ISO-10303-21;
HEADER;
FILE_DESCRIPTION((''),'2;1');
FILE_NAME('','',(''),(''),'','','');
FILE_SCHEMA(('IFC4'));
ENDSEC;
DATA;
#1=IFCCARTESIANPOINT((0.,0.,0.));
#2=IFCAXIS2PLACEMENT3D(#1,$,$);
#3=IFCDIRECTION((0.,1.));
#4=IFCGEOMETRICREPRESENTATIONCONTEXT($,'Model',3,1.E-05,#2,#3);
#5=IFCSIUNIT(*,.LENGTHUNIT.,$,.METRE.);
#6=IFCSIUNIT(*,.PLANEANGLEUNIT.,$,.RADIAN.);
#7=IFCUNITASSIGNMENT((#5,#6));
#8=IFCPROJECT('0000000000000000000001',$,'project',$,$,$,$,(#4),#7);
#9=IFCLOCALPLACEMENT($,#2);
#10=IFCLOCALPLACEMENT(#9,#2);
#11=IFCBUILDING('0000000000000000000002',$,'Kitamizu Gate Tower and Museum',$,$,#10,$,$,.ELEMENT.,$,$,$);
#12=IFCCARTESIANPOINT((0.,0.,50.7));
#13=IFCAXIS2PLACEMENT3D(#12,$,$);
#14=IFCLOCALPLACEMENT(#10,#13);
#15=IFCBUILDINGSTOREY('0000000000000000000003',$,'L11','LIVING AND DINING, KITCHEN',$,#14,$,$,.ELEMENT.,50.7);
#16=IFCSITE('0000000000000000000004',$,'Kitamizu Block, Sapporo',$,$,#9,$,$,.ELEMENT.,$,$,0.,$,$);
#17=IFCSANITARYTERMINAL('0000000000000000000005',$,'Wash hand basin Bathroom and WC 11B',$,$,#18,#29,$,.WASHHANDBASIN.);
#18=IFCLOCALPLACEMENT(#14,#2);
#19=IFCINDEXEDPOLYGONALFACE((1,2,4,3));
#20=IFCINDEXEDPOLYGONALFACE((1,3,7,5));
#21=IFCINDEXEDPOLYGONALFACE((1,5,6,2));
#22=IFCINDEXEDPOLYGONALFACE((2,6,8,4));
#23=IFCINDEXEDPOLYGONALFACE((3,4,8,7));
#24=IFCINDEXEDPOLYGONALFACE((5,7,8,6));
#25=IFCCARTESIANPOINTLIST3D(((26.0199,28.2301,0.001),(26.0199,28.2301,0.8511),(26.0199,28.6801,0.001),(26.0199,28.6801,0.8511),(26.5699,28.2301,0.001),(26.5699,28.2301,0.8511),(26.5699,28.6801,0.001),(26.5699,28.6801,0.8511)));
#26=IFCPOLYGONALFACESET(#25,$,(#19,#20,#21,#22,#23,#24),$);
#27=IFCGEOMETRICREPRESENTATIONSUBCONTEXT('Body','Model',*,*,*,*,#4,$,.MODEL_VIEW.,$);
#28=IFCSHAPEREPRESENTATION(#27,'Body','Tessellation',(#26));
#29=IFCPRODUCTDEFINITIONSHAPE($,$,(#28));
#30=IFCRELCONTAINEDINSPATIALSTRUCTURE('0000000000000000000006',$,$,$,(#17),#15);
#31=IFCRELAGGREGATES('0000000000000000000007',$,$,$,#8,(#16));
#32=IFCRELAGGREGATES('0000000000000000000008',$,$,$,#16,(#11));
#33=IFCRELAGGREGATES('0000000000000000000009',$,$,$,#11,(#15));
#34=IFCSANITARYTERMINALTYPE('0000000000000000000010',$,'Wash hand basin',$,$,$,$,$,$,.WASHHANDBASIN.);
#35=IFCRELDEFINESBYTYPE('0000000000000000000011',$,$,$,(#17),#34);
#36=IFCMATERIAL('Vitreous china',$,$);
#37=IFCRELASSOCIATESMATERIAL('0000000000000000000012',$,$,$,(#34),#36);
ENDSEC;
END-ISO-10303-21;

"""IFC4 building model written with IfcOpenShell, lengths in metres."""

from ifc_helpers import new_model, si_unit, direction, frame, origin, origin_2d, place, context, subcontext, project, spatial, rectangle, extrude, material, type_object, element, save


model = new_model("IFC4")

# Units and contexts
model_context = context("Model", 3, precision=1e-05, world=origin(), true_north=direction((0.0, 1.0)))
body_context = subcontext(model_context, "Body", "Model", "MODEL_VIEW")
ifc_project = project(units=[si_unit("LENGTHUNIT", "METRE"), si_unit("PLANEANGLEUNIT", "RADIAN")], contexts=[model_context])

# Site, building, storey
site_placement = place(None, origin())
site = spatial("IfcSite", under=ifc_project, at=site_placement, Name="Kitamizu Block, Sapporo", CompositionType="ELEMENT", RefElevation=0.0)
building_placement = place(site_placement, origin())
building = spatial("IfcBuilding", under=site, at=building_placement, Name="Kitamizu Gate Tower and Museum", CompositionType="ELEMENT")
storey_placement = place(building_placement, frame((0.0, 0.0, 50.7)))
storey = spatial("IfcBuildingStorey", under=building, at=storey_placement, Name="L11", Description="LIVING AND DINING, KITCHEN", CompositionType="ELEMENT", Elevation=50.7)

# Sanitary terminal
ifc_material_1 = material(Name="Vitreous china")
sanitary_terminal_type_1 = type_object("IfcSanitaryTerminalType", Name="Wash hand basin", PredefinedType="WASHHANDBASIN", material=ifc_material_1)
sanitary_terminal_placement = place(storey_placement, frame((26.2949, 28.4551, 0.001), z_axis=(0.0, 0.0, 1.0), x_axis=(1.0, 0.0, 0.0)))
element("IfcSanitaryTerminal", 1, at=sanitary_terminal_placement, inside=storey, type_object=sanitary_terminal_type_1, Name="Wash hand basin Bathroom and WC 11B", PredefinedType="WASHHANDBASIN", context=body_context, shape_type="SweptSolid", body=[
    extrude(rectangle(XDim=0.55, YDim=0.45, at=origin_2d()), origin(), (0.0, 0.0, 1.0), 0.8501),
])

save(model, "model.ifc")
